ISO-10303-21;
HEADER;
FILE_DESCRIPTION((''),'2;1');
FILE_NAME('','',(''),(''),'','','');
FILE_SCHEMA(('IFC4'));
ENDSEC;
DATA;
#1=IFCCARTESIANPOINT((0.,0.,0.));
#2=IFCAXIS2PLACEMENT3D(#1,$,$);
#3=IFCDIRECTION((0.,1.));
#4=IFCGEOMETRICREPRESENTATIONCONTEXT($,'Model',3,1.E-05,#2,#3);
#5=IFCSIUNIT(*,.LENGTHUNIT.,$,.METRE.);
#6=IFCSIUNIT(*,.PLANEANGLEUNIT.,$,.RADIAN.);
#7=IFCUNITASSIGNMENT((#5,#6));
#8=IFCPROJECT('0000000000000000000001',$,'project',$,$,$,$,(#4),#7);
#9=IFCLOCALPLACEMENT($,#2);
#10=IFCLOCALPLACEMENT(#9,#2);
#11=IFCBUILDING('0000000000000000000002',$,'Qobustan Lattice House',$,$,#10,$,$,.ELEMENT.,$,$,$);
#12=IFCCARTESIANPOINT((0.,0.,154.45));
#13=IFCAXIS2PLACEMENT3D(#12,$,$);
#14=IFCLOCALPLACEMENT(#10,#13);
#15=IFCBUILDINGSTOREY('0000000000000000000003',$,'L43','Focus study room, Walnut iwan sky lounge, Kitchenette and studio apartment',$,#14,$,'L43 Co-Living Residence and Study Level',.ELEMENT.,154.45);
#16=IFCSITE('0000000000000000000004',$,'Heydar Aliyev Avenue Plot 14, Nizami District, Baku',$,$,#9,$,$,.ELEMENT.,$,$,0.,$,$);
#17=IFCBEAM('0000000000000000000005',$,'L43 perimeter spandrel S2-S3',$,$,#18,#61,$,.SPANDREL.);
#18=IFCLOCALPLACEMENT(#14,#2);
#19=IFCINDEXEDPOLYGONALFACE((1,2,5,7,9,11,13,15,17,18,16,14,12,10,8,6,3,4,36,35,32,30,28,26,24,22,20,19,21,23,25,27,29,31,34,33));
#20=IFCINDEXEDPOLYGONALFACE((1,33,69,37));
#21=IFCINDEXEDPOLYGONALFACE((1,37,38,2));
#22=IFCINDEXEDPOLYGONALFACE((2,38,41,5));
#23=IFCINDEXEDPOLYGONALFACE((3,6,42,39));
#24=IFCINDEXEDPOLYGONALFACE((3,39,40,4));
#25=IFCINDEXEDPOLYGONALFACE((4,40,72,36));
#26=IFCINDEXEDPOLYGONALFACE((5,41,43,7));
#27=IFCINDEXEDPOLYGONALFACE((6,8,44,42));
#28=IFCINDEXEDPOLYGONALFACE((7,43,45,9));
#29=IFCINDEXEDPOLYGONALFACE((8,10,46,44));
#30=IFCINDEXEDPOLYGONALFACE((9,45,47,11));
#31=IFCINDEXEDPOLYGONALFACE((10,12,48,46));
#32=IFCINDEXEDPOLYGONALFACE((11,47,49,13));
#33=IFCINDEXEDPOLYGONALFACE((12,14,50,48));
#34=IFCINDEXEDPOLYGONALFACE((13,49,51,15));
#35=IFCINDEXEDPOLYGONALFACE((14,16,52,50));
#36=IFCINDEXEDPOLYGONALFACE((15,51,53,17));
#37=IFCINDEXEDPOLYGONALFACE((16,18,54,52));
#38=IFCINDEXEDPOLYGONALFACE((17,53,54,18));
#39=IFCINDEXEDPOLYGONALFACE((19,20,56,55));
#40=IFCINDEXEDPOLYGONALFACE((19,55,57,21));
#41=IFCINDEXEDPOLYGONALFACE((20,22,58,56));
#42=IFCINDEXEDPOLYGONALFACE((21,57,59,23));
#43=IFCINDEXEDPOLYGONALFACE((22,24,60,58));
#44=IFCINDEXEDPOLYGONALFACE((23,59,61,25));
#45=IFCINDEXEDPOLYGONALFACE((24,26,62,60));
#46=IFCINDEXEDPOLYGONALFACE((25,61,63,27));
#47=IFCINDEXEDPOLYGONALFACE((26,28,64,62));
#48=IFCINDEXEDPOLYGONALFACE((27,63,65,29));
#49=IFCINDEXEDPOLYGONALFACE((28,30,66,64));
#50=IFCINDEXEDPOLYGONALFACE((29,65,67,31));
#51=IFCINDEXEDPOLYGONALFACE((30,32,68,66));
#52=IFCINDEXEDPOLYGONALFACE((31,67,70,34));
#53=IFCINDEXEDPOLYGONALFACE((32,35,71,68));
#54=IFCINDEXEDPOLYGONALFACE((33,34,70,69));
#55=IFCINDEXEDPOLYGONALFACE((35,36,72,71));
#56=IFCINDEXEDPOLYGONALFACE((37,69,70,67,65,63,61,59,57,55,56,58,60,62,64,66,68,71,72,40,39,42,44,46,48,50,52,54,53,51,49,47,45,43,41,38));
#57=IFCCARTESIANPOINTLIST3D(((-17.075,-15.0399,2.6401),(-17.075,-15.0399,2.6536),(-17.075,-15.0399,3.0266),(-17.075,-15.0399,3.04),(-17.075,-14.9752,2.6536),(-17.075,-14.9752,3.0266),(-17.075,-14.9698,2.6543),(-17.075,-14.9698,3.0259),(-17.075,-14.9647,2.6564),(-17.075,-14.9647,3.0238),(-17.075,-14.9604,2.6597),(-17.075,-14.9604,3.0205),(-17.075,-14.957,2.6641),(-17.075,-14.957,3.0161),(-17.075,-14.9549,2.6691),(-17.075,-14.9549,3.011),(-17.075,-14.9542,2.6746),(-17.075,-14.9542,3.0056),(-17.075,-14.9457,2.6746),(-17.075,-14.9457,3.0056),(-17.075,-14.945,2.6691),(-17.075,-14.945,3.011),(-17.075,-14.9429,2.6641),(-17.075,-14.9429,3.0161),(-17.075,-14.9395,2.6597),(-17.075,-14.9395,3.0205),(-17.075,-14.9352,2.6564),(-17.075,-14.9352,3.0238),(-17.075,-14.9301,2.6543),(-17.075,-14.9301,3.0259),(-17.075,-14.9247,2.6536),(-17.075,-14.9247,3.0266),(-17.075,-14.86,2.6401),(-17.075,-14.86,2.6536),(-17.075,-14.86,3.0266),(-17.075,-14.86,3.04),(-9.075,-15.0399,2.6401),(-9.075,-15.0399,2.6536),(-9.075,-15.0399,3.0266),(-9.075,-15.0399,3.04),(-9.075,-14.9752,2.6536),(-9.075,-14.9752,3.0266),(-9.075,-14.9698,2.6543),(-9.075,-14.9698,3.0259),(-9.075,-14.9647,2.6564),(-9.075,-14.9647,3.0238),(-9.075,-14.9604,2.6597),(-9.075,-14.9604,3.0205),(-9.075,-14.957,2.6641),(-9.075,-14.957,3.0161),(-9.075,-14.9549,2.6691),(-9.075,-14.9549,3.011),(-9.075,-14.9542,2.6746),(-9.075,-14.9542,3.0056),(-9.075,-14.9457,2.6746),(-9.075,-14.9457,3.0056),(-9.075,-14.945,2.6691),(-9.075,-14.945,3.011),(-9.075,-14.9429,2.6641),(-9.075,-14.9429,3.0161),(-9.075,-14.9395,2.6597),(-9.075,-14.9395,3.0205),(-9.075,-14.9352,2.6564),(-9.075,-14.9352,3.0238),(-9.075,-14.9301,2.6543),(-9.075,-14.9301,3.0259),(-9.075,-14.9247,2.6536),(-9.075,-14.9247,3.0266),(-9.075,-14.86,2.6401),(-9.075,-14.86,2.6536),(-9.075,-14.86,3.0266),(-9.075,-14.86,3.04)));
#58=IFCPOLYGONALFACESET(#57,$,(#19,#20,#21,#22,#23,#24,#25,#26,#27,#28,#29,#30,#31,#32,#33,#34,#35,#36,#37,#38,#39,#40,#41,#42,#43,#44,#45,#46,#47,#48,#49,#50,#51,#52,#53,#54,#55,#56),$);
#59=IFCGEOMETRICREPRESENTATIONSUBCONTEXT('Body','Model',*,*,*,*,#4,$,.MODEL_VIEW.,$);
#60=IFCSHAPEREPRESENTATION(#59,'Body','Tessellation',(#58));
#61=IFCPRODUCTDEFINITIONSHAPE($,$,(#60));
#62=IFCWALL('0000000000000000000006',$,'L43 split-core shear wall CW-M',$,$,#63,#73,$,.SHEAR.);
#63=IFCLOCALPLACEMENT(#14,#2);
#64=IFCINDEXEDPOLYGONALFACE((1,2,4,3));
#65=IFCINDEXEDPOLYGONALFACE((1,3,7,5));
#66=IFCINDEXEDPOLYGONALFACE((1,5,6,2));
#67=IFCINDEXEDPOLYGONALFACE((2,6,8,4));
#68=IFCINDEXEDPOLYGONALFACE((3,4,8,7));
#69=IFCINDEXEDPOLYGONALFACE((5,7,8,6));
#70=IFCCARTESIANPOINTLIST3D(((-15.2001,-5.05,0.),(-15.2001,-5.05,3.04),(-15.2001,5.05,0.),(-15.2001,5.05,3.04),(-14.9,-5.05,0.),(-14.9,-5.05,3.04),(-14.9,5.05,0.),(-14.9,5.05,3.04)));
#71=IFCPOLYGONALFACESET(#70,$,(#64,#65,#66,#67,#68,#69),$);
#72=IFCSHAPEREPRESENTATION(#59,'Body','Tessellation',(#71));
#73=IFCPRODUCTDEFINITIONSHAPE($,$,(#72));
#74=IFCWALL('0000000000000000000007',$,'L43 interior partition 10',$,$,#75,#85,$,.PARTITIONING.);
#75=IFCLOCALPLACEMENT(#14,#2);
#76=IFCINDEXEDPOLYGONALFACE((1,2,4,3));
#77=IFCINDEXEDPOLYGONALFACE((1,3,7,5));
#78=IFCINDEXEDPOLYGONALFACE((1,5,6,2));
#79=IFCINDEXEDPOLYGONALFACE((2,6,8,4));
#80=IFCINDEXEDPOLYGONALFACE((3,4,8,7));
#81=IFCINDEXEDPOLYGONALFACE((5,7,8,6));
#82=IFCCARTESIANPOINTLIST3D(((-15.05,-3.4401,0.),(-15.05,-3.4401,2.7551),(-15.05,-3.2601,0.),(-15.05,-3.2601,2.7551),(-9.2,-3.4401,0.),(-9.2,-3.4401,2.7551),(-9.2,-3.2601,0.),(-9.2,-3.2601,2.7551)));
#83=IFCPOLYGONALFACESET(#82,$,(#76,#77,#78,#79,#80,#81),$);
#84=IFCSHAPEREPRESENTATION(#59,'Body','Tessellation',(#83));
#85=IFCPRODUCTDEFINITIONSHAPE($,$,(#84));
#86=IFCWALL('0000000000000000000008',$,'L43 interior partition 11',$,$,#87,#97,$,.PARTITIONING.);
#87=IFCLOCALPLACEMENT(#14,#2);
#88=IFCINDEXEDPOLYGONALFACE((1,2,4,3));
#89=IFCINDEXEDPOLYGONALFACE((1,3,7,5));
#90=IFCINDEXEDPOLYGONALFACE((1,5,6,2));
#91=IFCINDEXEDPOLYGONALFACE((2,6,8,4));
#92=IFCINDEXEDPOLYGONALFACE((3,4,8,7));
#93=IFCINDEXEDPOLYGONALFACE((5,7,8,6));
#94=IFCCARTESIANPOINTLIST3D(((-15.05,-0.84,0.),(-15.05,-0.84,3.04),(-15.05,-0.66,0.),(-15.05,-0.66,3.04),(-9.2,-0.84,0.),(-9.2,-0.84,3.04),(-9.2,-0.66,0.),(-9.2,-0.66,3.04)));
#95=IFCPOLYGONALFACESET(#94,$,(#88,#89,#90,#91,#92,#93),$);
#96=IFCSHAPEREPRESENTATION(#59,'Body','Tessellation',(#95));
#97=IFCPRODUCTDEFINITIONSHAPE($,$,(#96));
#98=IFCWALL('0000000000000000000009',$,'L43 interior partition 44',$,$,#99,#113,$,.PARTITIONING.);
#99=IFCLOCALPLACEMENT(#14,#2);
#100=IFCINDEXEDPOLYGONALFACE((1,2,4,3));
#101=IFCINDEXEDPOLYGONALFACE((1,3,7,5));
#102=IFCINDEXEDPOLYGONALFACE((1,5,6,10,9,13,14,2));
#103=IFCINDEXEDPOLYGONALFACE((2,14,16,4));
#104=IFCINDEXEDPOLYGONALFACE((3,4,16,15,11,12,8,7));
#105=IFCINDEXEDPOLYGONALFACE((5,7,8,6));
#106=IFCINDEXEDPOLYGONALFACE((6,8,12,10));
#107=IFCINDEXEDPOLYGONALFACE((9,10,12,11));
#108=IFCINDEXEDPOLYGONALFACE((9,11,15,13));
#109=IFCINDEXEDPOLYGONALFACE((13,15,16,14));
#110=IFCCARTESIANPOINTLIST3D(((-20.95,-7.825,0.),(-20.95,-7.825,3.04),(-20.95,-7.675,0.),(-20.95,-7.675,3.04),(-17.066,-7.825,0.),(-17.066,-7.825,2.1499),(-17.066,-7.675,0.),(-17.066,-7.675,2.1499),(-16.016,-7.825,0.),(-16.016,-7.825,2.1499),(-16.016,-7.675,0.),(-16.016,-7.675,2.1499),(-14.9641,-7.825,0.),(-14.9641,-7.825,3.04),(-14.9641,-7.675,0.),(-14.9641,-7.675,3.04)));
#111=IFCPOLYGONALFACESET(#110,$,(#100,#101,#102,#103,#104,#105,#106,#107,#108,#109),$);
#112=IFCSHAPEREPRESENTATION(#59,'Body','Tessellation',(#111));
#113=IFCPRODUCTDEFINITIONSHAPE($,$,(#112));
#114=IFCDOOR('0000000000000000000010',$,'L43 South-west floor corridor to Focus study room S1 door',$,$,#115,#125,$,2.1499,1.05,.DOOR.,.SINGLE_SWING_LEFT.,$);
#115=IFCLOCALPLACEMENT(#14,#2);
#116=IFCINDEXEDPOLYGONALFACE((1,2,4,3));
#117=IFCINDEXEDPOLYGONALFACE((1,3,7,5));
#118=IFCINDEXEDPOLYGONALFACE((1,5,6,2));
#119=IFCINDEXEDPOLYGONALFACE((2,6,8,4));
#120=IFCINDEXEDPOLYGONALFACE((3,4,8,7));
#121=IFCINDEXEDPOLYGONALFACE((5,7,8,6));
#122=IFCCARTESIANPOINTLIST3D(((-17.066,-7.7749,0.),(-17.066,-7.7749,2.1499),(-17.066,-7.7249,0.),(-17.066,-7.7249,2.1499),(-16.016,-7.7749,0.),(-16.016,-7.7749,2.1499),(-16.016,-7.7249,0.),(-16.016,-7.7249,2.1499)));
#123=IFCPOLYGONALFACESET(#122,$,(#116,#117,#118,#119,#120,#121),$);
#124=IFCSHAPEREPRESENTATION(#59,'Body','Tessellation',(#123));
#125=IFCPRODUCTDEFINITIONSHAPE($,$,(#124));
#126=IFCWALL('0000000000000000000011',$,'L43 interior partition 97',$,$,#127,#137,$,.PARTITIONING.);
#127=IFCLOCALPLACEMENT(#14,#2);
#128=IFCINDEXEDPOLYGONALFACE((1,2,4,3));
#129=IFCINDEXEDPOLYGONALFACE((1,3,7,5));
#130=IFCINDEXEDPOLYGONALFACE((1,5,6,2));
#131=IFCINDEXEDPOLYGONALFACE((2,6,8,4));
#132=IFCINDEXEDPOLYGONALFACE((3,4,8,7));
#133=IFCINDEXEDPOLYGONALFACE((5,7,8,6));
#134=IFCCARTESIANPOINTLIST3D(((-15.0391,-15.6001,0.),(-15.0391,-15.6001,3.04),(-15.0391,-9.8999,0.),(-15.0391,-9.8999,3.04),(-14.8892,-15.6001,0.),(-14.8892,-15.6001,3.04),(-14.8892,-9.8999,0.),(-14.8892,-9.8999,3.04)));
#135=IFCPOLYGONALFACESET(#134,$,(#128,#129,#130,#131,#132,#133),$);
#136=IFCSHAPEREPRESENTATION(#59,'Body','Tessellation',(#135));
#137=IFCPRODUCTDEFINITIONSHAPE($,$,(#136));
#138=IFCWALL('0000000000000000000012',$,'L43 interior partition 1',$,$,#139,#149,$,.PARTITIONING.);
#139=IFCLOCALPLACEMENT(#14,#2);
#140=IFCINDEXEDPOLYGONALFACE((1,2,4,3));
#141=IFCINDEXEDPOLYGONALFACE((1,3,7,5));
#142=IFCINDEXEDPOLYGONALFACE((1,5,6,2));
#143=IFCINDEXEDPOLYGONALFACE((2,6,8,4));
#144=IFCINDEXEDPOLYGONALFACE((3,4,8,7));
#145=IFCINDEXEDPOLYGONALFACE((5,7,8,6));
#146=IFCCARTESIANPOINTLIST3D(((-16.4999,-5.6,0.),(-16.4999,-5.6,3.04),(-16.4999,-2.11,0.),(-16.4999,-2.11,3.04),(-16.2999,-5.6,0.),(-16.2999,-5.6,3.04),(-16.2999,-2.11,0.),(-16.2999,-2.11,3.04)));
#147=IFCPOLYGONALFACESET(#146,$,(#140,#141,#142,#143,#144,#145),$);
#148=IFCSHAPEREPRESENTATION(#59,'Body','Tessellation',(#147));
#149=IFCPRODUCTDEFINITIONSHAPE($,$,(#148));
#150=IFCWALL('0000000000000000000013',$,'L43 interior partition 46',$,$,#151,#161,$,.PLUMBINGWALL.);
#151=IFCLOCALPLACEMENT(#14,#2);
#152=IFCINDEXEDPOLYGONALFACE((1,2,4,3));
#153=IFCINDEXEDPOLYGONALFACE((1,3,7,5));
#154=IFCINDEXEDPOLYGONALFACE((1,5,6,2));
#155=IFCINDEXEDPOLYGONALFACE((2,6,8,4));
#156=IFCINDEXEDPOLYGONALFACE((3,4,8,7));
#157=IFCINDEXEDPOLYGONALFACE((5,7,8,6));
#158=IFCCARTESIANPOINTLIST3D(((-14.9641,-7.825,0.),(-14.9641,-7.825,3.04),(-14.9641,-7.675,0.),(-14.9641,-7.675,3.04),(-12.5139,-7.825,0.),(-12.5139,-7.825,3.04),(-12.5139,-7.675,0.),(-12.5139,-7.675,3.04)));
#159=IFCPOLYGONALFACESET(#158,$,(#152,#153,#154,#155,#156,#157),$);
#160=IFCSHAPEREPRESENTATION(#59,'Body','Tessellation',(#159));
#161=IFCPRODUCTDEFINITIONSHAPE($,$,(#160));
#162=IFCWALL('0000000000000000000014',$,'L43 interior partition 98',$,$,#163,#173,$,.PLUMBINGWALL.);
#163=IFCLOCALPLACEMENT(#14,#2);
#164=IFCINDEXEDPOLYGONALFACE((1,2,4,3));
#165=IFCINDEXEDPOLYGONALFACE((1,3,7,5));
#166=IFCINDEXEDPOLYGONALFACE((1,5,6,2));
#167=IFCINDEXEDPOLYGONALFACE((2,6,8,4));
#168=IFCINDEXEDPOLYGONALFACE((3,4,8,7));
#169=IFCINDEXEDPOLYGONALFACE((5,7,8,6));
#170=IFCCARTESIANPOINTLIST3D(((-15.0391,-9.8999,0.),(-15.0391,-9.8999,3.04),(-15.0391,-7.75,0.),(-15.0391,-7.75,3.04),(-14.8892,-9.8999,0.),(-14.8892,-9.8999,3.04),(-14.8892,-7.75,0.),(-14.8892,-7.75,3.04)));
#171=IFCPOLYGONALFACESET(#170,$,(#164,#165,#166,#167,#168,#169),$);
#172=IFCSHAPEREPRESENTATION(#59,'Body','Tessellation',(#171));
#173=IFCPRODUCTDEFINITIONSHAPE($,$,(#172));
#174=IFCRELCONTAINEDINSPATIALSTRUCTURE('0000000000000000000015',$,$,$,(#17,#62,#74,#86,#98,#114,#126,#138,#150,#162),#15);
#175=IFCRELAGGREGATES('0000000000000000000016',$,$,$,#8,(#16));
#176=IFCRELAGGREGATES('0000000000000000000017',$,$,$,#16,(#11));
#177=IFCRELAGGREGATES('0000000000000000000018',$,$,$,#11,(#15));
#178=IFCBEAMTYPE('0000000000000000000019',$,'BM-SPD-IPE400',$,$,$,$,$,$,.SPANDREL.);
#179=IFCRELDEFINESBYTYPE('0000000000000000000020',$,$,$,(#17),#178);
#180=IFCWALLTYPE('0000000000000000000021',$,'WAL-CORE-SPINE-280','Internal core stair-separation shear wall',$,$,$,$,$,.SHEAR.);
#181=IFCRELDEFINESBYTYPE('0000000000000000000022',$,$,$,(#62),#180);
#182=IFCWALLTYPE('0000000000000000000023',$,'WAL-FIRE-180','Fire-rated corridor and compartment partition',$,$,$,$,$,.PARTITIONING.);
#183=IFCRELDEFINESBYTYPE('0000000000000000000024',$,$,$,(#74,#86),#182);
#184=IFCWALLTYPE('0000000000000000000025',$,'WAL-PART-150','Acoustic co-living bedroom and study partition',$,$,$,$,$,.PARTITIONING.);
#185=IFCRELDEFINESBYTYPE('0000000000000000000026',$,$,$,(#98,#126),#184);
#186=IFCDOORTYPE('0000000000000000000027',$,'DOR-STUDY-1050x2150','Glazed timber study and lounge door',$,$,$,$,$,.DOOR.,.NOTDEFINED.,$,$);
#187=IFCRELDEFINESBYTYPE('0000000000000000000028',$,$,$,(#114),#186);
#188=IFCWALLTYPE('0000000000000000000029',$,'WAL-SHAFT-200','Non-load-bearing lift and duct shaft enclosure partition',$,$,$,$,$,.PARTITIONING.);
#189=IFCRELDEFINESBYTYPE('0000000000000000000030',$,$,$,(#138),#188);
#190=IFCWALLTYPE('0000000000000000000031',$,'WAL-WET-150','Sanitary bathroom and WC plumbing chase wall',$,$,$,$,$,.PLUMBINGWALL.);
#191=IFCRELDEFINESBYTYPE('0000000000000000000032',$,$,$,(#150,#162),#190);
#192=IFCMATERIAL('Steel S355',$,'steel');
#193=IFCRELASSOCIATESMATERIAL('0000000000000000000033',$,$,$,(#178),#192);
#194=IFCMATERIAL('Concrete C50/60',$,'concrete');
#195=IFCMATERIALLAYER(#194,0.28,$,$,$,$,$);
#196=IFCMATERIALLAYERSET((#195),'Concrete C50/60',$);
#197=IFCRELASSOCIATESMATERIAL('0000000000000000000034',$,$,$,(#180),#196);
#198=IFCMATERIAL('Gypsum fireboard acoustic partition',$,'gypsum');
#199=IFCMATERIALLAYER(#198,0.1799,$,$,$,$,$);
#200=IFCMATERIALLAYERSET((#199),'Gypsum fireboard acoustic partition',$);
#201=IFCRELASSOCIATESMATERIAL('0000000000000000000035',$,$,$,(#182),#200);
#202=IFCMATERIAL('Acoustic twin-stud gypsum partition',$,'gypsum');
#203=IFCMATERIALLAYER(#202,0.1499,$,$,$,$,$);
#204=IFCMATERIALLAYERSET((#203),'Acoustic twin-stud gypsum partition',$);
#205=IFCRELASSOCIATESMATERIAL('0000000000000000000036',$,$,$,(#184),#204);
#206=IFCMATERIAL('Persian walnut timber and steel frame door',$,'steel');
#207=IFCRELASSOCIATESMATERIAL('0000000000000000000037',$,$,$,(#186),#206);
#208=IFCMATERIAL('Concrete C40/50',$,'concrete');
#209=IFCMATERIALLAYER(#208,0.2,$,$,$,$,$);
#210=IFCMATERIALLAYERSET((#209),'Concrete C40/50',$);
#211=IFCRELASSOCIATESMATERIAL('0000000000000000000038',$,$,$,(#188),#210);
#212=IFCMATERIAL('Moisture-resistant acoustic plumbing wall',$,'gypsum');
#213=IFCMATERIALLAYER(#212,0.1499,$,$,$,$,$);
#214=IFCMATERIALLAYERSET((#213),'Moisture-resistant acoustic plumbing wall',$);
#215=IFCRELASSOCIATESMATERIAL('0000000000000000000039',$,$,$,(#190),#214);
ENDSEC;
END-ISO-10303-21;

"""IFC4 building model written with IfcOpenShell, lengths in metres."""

from ifc_helpers import new_model, si_unit, direction, frame, frame_2d, origin, origin_2d, place, context, subcontext, project, spatial, rectangle, i_section, extrude, material, layer, layer_set, material_profile, profile_set, type_object, element, fill, save


model = new_model("IFC4")

# Units and contexts
model_context = context("Model", 3, precision=1e-05, world=origin(), true_north=direction((0.0, 1.0)))
body_context = subcontext(model_context, "Body", "Model", "MODEL_VIEW")
ifc_project = project(units=[si_unit("LENGTHUNIT", "METRE"), si_unit("PLANEANGLEUNIT", "RADIAN")], contexts=[model_context])

# Site, building, storey
site_placement = place(None, origin())
site = spatial("IfcSite", under=ifc_project, at=site_placement, Name="Heydar Aliyev Avenue Plot 14, Nizami District, Baku", CompositionType="ELEMENT", RefElevation=0.0)
building_placement = place(site_placement, origin())
building = spatial("IfcBuilding", under=site, at=building_placement, Name="Qobustan Lattice House", CompositionType="ELEMENT")
storey_placement = place(building_placement, frame((0.0, 0.0, 154.45)))
storey = spatial("IfcBuildingStorey", under=building, at=storey_placement, Name="L43", Description="Focus study room, Walnut iwan sky lounge, Kitchenette and studio apartment", LongName="L43 Co-Living Residence and Study Level", CompositionType="ELEMENT", Elevation=154.45)

# Beam
ifc_material_1 = material(Name="Steel S355", Category="steel")
ifc_material_profile_1 = material_profile(ifc_material_1, i_section(OverallWidth=0.1799, OverallDepth=0.3999, WebThickness=0.0085, FlangeThickness=0.0134, FilletRadius=0.021, at=origin_2d()), Name="IPE400")
ifc_profile_set_1 = profile_set([ifc_material_profile_1], Name="Steel S355")
beam_type_1 = type_object("IfcBeamType", Name="BM-SPD-IPE400", PredefinedType="SPANDREL", material=ifc_profile_set_1)
beam_1_placement = place(storey_placement, frame((-17.075, -14.95, 2.8401), z_axis=(1.0, 0.0, 0.0), x_axis=(0.0, 1.0, 0.0)))
element("IfcBeam", 1, at=beam_1_placement, inside=storey, type_object=beam_type_1, Name="L43 perimeter spandrel S2-S3", PredefinedType="SPANDREL", context=body_context, shape_type="SweptSolid", body=[
    extrude(i_section(OverallWidth=0.1799, OverallDepth=0.3999, WebThickness=0.0085, FlangeThickness=0.0134, FilletRadius=0.021, at=origin_2d()), origin(), (0.0, 0.0, 1.0), 8.0),
])

# Walls
ifc_material_2 = material(Name="Concrete C50/60", Category="concrete")
ifc_layer_1 = layer(ifc_material_2, 0.28)
ifc_layer_set_1 = layer_set([ifc_layer_1], Name="Concrete C50/60")
wall_type_1 = type_object("IfcWallType", Name="WAL-CORE-SPINE-280", Description="Internal core stair-separation shear wall", PredefinedType="SHEAR", material=ifc_layer_set_1)
wall_1_placement = place(storey_placement, frame((-15.05, -5.05, 0.0), z_axis=(0.0, 0.0, 1.0), x_axis=(0.0, 1.0, 0.0)))
element("IfcWall", 2, at=wall_1_placement, inside=storey, type_object=wall_type_1, Name="L43 split-core shear wall CW-M", PredefinedType="SHEAR", context=body_context, shape_type="SweptSolid", body=[
    extrude(rectangle(XDim=10.1001, YDim=0.3, at=frame_2d((5.05, 0.0))), origin(), (0.0, 0.0, 1.0), 3.04),
])
ifc_material_3 = material(Name="Gypsum fireboard acoustic partition", Category="gypsum")
ifc_layer_2 = layer(ifc_material_3, 0.1799)
ifc_layer_set_2 = layer_set([ifc_layer_2], Name="Gypsum fireboard acoustic partition")
wall_type_2 = type_object("IfcWallType", Name="WAL-FIRE-180", Description="Fire-rated corridor and compartment partition", PredefinedType="PARTITIONING", material=ifc_layer_set_2)
wall_2_placement = place(storey_placement, frame((-15.05, -3.3501, 0.0), z_axis=(0.0, 0.0, 1.0), x_axis=(1.0, 0.0, 0.0)))
element("IfcWall", 3, at=wall_2_placement, inside=storey, type_object=wall_type_2, Name="L43 interior partition 10", PredefinedType="PARTITIONING", context=body_context, shape_type="SweptSolid", body=[
    extrude(rectangle(XDim=5.8501, YDim=0.1799, at=frame_2d((2.925, 0.0))), origin(), (0.0, 0.0, 1.0), 2.7551),
])
wall_3_placement = place(storey_placement, frame((-9.2, -0.75, 0.0), z_axis=(0.0, 0.0, 1.0), x_axis=(-1.0, 0.0, 0.0)))
element("IfcWall", 4, at=wall_3_placement, inside=storey, type_object=wall_type_2, Name="L43 interior partition 11", PredefinedType="PARTITIONING", context=body_context, shape_type="SweptSolid", body=[
    extrude(rectangle(XDim=5.8501, YDim=0.1799, at=frame_2d((2.925, 0.0))), origin(), (0.0, 0.0, 1.0), 3.04),
])

# Wall, opening, door
ifc_material_4 = material(Name="Acoustic twin-stud gypsum partition", Category="gypsum")
ifc_layer_3 = layer(ifc_material_4, 0.1499)
ifc_layer_set_3 = layer_set([ifc_layer_3], Name="Acoustic twin-stud gypsum partition")
wall_type_3 = type_object("IfcWallType", Name="WAL-PART-150", Description="Acoustic co-living bedroom and study partition", PredefinedType="PARTITIONING", material=ifc_layer_set_3)
wall_4_placement = place(storey_placement, frame((-14.9641, -7.75, 0.0), z_axis=(0.0, 0.0, 1.0), x_axis=(-1.0, 0.0, 0.0)))
wall_4 = element("IfcWall", 5, at=wall_4_placement, inside=storey, type_object=wall_type_3, Name="L43 interior partition 44", PredefinedType="PARTITIONING", context=body_context, shape_type="SweptSolid", body=[
    extrude(rectangle(XDim=5.9858, YDim=0.1499, at=frame_2d((2.9929, 0.0))), origin(), (0.0, 0.0, 1.0), 3.04),
])
opening_1_placement = place(wall_4_placement, frame((1.052, 0.0, 0.0)))
opening_1 = element("IfcOpeningElement", 6, at=opening_1_placement, cuts=wall_4, PredefinedType="OPENING", context=body_context, shape_type="SweptSolid", body=[
    extrude(rectangle(XDim=1.05, YDim=2.1499, at=frame_2d((0.5249, 1.075))), frame((0.0, 0.085, 0.0), z_axis=(0.0, -1.0, 0.0), x_axis=(1.0, 0.0, 0.0)), (0.0, 0.0, 1.0), 0.1699),
])
ifc_material_5 = material(Name="Persian walnut timber and steel frame door", Category="steel")
door_type_1 = type_object("IfcDoorType", Name="DOR-STUDY-1050x2150", Description="Glazed timber study and lounge door", OperationType="NOTDEFINED", PredefinedType="DOOR", material=ifc_material_5)
door_1_placement = place(opening_1_placement, origin())
door_1 = element("IfcDoor", 7, at=door_1_placement, inside=storey, type_object=door_type_1, Name="L43 South-west floor corridor to Focus study room S1 door", OperationType="SINGLE_SWING_LEFT", OverallHeight=2.1499, OverallWidth=1.05, PredefinedType="DOOR", context=body_context, shape_type="SweptSolid", body=[
    extrude(rectangle(XDim=1.05, YDim=2.1499, at=frame_2d((0.5249, 1.075))), frame((0.0, 0.0249, 0.0), z_axis=(0.0, -1.0, 0.0), x_axis=(1.0, 0.0, 0.0)), (0.0, 0.0, 1.0), 0.05),
])
fill(opening_1, door_1)

# Walls
wall_5_placement = place(storey_placement, frame((-14.9641, -9.8999, 0.0), z_axis=(0.0, 0.0, 1.0), x_axis=(0.0, -1.0, 0.0)))
element("IfcWall", 8, at=wall_5_placement, inside=storey, type_object=wall_type_3, Name="L43 interior partition 97", PredefinedType="PARTITIONING", context=body_context, shape_type="SweptSolid", body=[
    extrude(rectangle(XDim=5.7002, YDim=0.1499, at=frame_2d((2.8501, 0.0))), origin(), (0.0, 0.0, 1.0), 3.04),
])
ifc_material_6 = material(Name="Concrete C40/50", Category="concrete")
ifc_layer_4 = layer(ifc_material_6, 0.2)
ifc_layer_set_4 = layer_set([ifc_layer_4], Name="Concrete C40/50")
wall_type_4 = type_object("IfcWallType", Name="WAL-SHAFT-200", Description="Non-load-bearing lift and duct shaft enclosure partition", PredefinedType="PARTITIONING", material=ifc_layer_set_4)
wall_6_placement = place(storey_placement, frame((-16.3999, -5.6001, 0.0), z_axis=(0.0, 0.0, 1.0), x_axis=(0.0, 1.0, 0.0)))
element("IfcWall", 9, at=wall_6_placement, inside=storey, type_object=wall_type_4, Name="L43 interior partition 1", PredefinedType="PARTITIONING", context=body_context, shape_type="SweptSolid", body=[
    extrude(rectangle(XDim=3.49, YDim=0.2, at=frame_2d((1.7451, 0.0))), origin(), (0.0, 0.0, 1.0), 3.04),
])
ifc_material_7 = material(Name="Moisture-resistant acoustic plumbing wall", Category="gypsum")
ifc_layer_5 = layer(ifc_material_7, 0.1499)
ifc_layer_set_5 = layer_set([ifc_layer_5], Name="Moisture-resistant acoustic plumbing wall")
wall_type_5 = type_object("IfcWallType", Name="WAL-WET-150", Description="Sanitary bathroom and WC plumbing chase wall", PredefinedType="PLUMBINGWALL", material=ifc_layer_set_5)
wall_7_placement = place(storey_placement, frame((-12.5139, -7.75, 0.0), z_axis=(0.0, 0.0, 1.0), x_axis=(-1.0, 0.0, 0.0)))
element("IfcWall", 10, at=wall_7_placement, inside=storey, type_object=wall_type_5, Name="L43 interior partition 46", PredefinedType="PLUMBINGWALL", context=body_context, shape_type="SweptSolid", body=[
    extrude(rectangle(XDim=2.4502, YDim=0.1499, at=frame_2d((1.2251, 0.0))), origin(), (0.0, 0.0, 1.0), 3.04),
])
wall_8_placement = place(storey_placement, frame((-14.9641, -7.75, 0.0), z_axis=(0.0, 0.0, 1.0), x_axis=(0.0, -1.0, 0.0)))
element("IfcWall", 11, at=wall_8_placement, inside=storey, type_object=wall_type_5, Name="L43 interior partition 98", PredefinedType="PLUMBINGWALL", context=body_context, shape_type="SweptSolid", body=[
    extrude(rectangle(XDim=2.1499, YDim=0.1499, at=frame_2d((1.075, 0.0))), origin(), (0.0, 0.0, 1.0), 3.04),
])

save(model, "model.ifc")
